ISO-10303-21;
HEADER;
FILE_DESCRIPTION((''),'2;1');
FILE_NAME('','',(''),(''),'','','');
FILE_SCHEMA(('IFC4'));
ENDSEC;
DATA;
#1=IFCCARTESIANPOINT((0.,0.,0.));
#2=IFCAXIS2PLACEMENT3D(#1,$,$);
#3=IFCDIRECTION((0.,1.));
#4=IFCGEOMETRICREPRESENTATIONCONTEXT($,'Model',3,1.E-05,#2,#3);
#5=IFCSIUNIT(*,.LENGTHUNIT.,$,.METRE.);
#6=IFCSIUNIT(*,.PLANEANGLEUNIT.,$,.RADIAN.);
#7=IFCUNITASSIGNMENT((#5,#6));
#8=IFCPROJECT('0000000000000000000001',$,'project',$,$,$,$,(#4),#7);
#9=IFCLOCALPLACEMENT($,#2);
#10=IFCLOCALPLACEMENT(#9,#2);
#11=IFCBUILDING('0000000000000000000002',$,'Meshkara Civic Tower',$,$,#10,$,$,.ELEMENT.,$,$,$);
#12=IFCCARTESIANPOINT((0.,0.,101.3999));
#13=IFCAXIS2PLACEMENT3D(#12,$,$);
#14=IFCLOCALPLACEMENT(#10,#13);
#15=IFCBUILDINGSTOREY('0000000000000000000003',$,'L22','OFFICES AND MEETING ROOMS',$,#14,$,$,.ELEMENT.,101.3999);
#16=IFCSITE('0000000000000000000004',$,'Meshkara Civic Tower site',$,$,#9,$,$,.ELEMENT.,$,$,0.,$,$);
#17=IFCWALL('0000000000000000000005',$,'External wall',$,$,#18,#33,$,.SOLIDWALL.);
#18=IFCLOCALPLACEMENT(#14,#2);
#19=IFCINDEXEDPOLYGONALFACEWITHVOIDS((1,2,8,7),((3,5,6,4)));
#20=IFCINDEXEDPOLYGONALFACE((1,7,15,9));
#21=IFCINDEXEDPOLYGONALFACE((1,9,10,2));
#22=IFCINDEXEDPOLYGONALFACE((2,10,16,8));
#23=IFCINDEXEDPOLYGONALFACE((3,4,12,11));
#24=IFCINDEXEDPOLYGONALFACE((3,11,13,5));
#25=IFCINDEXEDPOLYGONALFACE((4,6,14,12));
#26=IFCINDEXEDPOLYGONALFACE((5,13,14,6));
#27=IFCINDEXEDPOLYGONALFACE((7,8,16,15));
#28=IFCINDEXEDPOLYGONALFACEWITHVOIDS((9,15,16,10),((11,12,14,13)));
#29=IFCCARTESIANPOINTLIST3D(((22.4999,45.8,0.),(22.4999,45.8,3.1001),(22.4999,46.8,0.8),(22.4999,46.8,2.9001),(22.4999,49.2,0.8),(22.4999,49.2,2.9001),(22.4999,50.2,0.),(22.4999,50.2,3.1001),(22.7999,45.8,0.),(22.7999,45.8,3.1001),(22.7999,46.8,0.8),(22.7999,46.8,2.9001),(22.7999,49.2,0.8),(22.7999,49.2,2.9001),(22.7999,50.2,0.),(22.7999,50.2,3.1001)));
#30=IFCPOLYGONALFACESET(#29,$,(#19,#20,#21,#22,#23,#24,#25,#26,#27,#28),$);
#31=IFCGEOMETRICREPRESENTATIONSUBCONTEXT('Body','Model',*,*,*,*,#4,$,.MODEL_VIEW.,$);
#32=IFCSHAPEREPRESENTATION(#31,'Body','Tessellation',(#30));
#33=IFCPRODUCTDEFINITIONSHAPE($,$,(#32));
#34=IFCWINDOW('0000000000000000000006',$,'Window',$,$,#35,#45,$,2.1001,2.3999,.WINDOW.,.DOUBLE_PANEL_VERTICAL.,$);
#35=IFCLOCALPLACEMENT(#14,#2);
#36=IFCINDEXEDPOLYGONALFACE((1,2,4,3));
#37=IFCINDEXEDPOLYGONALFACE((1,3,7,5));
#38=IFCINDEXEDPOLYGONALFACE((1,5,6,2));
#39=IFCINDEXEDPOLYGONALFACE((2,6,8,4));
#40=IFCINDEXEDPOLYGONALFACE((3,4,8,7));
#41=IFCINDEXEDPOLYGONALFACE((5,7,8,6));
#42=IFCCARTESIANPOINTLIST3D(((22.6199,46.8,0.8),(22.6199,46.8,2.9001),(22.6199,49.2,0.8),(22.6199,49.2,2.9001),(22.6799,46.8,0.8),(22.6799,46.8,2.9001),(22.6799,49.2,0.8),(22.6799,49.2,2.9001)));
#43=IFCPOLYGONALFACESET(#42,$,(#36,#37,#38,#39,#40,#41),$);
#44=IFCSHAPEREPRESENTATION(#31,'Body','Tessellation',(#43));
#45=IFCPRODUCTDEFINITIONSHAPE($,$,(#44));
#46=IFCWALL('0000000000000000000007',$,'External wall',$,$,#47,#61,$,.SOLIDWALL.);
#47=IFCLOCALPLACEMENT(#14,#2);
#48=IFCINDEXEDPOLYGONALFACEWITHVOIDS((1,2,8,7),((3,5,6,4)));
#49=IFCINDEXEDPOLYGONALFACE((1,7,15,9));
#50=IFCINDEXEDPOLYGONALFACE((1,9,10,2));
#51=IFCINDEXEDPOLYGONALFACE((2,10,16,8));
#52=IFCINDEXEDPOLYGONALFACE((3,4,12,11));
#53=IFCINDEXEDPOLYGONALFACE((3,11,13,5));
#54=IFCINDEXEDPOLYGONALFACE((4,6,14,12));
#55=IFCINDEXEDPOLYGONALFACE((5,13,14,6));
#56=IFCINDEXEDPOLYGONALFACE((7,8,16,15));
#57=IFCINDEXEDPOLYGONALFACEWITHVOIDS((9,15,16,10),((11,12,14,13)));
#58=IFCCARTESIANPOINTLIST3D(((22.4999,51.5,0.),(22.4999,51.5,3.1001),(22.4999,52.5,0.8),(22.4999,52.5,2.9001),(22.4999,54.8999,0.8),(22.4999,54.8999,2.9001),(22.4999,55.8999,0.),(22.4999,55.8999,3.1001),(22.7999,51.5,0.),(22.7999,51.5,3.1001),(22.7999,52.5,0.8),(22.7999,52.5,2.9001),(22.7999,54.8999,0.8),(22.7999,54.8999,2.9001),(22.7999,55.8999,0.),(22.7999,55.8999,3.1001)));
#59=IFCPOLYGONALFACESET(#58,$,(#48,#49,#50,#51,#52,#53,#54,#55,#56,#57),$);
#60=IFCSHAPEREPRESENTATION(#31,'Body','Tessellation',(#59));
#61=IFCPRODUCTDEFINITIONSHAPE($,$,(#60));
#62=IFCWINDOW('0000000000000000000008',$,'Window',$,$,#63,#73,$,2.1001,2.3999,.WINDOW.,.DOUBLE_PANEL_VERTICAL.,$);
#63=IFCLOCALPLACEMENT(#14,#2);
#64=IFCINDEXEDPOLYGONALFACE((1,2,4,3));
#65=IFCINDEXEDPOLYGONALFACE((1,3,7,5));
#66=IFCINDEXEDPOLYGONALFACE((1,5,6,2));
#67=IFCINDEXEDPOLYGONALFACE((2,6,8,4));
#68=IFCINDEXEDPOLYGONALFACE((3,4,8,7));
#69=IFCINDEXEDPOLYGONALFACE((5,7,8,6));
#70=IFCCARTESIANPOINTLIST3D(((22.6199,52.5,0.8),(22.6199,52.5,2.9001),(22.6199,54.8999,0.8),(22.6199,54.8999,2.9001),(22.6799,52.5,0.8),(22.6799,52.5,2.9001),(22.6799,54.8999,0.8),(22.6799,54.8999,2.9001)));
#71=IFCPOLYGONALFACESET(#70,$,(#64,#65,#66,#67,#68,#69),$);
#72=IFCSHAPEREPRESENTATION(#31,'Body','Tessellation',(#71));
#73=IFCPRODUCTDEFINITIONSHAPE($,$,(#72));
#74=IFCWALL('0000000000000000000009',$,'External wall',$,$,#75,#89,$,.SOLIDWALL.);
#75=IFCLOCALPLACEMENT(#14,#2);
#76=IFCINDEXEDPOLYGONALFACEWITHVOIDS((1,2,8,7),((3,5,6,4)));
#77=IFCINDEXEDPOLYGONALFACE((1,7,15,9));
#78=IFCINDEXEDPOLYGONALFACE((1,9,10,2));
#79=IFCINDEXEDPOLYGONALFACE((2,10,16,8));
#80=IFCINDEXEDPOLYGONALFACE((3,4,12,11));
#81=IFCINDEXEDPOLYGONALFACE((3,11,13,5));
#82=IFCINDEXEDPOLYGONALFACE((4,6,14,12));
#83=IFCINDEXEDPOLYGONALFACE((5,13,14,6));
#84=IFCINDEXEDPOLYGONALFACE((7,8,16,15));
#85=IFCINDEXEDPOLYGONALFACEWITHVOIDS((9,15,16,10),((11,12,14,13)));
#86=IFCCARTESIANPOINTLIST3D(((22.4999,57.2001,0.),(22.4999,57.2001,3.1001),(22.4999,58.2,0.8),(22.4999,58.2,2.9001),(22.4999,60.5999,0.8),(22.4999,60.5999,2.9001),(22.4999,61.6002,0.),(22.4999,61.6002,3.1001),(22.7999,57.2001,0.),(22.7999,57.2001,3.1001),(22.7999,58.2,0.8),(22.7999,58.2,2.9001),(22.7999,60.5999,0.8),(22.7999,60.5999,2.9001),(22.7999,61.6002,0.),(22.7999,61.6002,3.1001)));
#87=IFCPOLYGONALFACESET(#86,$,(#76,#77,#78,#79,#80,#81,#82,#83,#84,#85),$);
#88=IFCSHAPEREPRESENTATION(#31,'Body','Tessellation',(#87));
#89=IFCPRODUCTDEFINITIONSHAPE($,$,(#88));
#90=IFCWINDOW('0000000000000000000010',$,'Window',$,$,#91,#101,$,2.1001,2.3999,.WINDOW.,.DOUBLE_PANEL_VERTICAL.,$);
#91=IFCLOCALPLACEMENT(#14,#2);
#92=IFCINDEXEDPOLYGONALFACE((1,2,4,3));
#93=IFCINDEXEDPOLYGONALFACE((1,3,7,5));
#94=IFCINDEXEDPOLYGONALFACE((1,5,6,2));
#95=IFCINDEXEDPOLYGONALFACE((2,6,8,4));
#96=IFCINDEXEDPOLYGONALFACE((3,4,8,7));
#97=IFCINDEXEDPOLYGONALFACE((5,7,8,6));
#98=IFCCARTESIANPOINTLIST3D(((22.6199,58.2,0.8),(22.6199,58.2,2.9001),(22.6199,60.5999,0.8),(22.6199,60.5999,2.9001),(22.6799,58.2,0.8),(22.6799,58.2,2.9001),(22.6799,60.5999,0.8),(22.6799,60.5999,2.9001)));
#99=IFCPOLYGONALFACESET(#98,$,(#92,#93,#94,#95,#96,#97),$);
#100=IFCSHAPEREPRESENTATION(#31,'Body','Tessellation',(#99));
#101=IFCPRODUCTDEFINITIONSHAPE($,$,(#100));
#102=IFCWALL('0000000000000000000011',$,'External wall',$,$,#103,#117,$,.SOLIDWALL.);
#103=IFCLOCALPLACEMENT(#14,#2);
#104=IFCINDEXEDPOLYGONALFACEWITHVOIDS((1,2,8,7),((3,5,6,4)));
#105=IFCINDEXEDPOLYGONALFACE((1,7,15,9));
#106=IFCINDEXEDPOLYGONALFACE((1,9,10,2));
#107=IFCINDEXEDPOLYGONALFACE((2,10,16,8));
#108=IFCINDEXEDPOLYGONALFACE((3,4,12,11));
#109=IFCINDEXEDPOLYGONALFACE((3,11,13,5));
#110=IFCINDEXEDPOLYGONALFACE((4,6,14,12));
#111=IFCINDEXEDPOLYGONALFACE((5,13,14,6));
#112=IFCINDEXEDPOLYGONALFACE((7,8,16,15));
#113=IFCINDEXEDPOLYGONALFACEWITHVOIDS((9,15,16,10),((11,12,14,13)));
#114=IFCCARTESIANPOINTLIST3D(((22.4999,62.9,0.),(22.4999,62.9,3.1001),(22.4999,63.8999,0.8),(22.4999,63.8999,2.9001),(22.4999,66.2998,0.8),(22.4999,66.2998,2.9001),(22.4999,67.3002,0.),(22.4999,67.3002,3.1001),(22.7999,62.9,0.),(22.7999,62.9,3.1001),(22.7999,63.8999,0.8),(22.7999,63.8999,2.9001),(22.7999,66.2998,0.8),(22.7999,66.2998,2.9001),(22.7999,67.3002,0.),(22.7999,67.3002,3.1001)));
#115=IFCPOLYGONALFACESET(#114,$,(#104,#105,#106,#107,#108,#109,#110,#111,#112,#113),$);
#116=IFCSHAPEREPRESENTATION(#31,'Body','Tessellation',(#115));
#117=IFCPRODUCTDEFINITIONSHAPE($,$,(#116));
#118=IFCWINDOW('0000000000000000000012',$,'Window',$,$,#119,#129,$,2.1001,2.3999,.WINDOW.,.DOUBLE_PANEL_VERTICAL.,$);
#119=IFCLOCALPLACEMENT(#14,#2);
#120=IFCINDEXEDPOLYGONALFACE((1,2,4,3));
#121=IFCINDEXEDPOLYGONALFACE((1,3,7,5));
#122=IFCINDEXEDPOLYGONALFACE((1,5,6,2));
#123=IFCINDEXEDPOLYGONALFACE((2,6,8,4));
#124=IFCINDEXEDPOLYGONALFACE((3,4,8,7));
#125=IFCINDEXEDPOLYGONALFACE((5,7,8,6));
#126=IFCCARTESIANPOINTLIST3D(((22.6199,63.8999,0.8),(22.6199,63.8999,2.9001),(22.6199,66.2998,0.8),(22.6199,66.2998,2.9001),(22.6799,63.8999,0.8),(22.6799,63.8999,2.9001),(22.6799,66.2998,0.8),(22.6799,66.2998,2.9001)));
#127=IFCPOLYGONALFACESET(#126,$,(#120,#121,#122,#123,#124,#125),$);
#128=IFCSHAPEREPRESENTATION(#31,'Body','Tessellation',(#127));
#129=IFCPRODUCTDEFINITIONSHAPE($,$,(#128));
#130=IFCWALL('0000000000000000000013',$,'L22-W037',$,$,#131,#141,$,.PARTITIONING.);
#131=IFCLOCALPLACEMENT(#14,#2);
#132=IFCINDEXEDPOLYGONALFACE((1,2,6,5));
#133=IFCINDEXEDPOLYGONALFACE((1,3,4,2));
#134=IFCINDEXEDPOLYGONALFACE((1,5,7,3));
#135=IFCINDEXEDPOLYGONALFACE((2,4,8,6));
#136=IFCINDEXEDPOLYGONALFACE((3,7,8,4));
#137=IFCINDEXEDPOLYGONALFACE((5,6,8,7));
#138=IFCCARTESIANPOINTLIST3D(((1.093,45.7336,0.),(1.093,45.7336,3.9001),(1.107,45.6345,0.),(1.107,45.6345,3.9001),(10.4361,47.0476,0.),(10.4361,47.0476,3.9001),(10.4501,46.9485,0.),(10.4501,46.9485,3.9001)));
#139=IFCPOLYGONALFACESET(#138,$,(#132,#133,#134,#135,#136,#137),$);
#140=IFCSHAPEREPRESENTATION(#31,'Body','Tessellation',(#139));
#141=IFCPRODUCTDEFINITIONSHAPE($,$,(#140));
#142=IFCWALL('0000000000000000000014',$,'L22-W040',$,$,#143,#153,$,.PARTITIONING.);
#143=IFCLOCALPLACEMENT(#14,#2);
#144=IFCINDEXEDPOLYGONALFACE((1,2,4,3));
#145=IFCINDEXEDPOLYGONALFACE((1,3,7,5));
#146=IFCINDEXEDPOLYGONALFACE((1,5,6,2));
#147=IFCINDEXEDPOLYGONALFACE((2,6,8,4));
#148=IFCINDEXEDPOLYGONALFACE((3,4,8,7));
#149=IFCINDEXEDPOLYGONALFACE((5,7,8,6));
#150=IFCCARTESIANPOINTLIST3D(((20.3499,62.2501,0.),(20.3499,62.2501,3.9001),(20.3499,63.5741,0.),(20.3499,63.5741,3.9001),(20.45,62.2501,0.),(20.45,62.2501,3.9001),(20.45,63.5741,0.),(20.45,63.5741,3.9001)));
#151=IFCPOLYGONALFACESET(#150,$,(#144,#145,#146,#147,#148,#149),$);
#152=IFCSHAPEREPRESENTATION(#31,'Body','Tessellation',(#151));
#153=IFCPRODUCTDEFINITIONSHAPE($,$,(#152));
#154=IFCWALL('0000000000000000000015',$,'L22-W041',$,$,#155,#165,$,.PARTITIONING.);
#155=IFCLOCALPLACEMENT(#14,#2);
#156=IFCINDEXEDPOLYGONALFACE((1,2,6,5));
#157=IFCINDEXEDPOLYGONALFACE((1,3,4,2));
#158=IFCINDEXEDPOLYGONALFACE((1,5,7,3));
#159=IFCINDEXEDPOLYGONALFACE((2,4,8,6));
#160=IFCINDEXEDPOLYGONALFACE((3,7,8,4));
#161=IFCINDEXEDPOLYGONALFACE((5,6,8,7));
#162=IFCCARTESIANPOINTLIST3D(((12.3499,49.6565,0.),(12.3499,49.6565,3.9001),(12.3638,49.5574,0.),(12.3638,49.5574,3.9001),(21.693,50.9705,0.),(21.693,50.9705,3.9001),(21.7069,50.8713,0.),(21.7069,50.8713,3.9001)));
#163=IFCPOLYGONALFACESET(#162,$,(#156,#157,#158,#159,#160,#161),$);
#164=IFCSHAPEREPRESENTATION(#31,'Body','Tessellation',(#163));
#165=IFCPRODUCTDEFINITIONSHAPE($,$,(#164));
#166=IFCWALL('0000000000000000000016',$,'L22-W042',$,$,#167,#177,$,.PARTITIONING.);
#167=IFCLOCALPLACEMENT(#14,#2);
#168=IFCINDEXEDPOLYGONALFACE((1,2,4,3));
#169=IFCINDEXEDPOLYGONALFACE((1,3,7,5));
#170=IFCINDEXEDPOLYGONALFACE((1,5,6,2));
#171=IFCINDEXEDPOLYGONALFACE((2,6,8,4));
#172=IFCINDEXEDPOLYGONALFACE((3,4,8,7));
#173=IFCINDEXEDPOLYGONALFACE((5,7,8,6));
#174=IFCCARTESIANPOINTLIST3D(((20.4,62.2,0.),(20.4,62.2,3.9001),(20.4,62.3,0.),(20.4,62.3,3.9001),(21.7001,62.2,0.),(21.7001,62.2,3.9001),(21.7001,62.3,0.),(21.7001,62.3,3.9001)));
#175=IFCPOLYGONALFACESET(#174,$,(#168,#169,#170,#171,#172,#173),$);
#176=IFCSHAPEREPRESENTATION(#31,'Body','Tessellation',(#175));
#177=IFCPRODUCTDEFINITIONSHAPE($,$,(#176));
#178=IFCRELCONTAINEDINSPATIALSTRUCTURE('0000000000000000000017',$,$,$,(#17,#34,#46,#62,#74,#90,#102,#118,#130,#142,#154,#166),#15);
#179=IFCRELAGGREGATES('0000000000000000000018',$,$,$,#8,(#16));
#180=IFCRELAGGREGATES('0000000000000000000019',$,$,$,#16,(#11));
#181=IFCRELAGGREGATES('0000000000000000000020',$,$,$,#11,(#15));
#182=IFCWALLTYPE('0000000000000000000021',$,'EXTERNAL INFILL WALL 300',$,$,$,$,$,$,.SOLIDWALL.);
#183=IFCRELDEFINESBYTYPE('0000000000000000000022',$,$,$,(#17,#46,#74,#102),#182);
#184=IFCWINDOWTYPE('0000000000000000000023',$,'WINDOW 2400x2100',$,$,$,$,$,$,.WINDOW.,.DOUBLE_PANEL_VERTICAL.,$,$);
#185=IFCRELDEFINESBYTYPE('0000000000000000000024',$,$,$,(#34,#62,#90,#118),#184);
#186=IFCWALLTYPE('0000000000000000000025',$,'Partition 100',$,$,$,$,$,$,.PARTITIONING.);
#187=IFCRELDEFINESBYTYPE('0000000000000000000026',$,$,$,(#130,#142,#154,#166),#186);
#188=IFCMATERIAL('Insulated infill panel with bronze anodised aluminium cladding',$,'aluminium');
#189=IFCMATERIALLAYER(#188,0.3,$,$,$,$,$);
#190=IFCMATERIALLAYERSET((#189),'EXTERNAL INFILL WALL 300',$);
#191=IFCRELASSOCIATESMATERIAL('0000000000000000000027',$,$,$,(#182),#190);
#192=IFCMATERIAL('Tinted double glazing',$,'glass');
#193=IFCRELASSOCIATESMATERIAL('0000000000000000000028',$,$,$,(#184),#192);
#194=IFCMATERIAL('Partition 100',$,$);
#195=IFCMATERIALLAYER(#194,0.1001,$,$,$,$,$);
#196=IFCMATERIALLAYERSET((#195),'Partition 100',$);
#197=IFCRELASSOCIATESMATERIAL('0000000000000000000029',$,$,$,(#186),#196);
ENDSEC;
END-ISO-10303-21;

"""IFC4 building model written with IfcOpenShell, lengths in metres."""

from ifc_helpers import new_model, si_unit, direction, frame, frame_2d, origin, place, context, subcontext, project, spatial, rectangle, extrude, material, layer, layer_set, type_object, element, fill, save


model = new_model("IFC4")

# Units and contexts
model_context = context("Model", 3, precision=1e-05, world=origin(), true_north=direction((0.0, 1.0)))
body_context = subcontext(model_context, "Body", "Model", "MODEL_VIEW")
ifc_project = project(units=[si_unit("LENGTHUNIT", "METRE"), si_unit("PLANEANGLEUNIT", "RADIAN")], contexts=[model_context])

# Site, building, storey
site_placement = place(None, origin())
site = spatial("IfcSite", under=ifc_project, at=site_placement, Name="Meshkara Civic Tower site", CompositionType="ELEMENT", RefElevation=0.0)
building_placement = place(site_placement, origin())
building = spatial("IfcBuilding", under=site, at=building_placement, Name="Meshkara Civic Tower", CompositionType="ELEMENT")
storey_placement = place(building_placement, frame((0.0, 0.0, 101.3999)))
storey = spatial("IfcBuildingStorey", under=building, at=storey_placement, Name="L22", Description="OFFICES AND MEETING ROOMS", CompositionType="ELEMENT", Elevation=101.3999)

# Walls, openings, windows
ifc_material_1 = material(Name="Insulated infill panel with bronze anodised aluminium cladding", Category="aluminium")
ifc_layer_1 = layer(ifc_material_1, 0.3)
ifc_layer_set_1 = layer_set([ifc_layer_1], Name="EXTERNAL INFILL WALL 300")
wall_type_1 = type_object("IfcWallType", Name="EXTERNAL INFILL WALL 300", PredefinedType="SOLIDWALL", material=ifc_layer_set_1)
ifc_material_2 = material(Name="Tinted double glazing", Category="glass")
window_type = type_object("IfcWindowType", Name="WINDOW 2400x2100", PartitioningType="DOUBLE_PANEL_VERTICAL", PredefinedType="WINDOW", material=ifc_material_2)
wall_1_placement = place(storey_placement, frame((22.6499, 45.8, 0.0), z_axis=(0.0, 0.0, 1.0), x_axis=(0.0, 1.0, 0.0)))
wall_1 = element("IfcWall", 1, at=wall_1_placement, inside=storey, type_object=wall_type_1, Name="External wall", PredefinedType="SOLIDWALL", context=body_context, shape_type="SweptSolid", body=[
    extrude(rectangle(XDim=4.3999, YDim=0.3, at=frame_2d((2.2, 0.0))), origin(), (0.0, 0.0, 1.0), 3.1001),
])
opening_1_placement = place(wall_1_placement, frame((1.0, 0.0, 0.8)))
opening_1 = element("IfcOpeningElement", 2, at=opening_1_placement, cuts=wall_1, PredefinedType="OPENING", context=body_context, shape_type="SweptSolid", body=[
    extrude(rectangle(XDim=2.3999, YDim=2.1001, at=frame_2d((1.2, 1.05))), frame((0.0, 0.1599, 0.0), z_axis=(0.0, -1.0, 0.0), x_axis=(1.0, 0.0, 0.0)), (0.0, 0.0, 1.0), 0.3201),
])
window_1_placement = place(opening_1_placement, origin())
window_1 = element("IfcWindow", 3, at=window_1_placement, inside=storey, type_object=window_type, Name="Window", OverallHeight=2.1001, OverallWidth=2.3999, PartitioningType="DOUBLE_PANEL_VERTICAL", PredefinedType="WINDOW", context=body_context, shape_type="SweptSolid", body=[
    extrude(rectangle(XDim=2.3999, YDim=2.1001, at=frame_2d((1.2, 1.05))), frame((0.0, 0.03, 0.0), z_axis=(0.0, -1.0, 0.0), x_axis=(1.0, 0.0, 0.0)), (0.0, 0.0, 1.0), 0.0601),
])
fill(opening_1, window_1)
wall_2_placement = place(storey_placement, frame((22.6499, 51.5, 0.0), z_axis=(0.0, 0.0, 1.0), x_axis=(0.0, 1.0, 0.0)))
wall_2 = element("IfcWall", 4, at=wall_2_placement, inside=storey, type_object=wall_type_1, Name="External wall", PredefinedType="SOLIDWALL", context=body_context, shape_type="SweptSolid", body=[
    extrude(rectangle(XDim=4.3999, YDim=0.3, at=frame_2d((2.2, 0.0))), origin(), (0.0, 0.0, 1.0), 3.1001),
])
opening_2_placement = place(wall_2_placement, frame((1.0, 0.0, 0.8)))
opening_2 = element("IfcOpeningElement", 5, at=opening_2_placement, cuts=wall_2, PredefinedType="OPENING", context=body_context, shape_type="SweptSolid", body=[
    extrude(rectangle(XDim=2.3999, YDim=2.1001, at=frame_2d((1.2, 1.05))), frame((0.0, 0.1599, 0.0), z_axis=(0.0, -1.0, 0.0), x_axis=(1.0, 0.0, 0.0)), (0.0, 0.0, 1.0), 0.3201),
])
window_2_placement = place(opening_2_placement, origin())
window_2 = element("IfcWindow", 6, at=window_2_placement, inside=storey, type_object=window_type, Name="Window", OverallHeight=2.1001, OverallWidth=2.3999, PartitioningType="DOUBLE_PANEL_VERTICAL", PredefinedType="WINDOW", context=body_context, shape_type="SweptSolid", body=[
    extrude(rectangle(XDim=2.3999, YDim=2.1001, at=frame_2d((1.2, 1.05))), frame((0.0, 0.03, 0.0), z_axis=(0.0, -1.0, 0.0), x_axis=(1.0, 0.0, 0.0)), (0.0, 0.0, 1.0), 0.0601),
])
fill(opening_2, window_2)
wall_3_placement = place(storey_placement, frame((22.6499, 57.2, 0.0), z_axis=(0.0, 0.0, 1.0), x_axis=(0.0, 1.0, 0.0)))
wall_3 = element("IfcWall", 7, at=wall_3_placement, inside=storey, type_object=wall_type_1, Name="External wall", PredefinedType="SOLIDWALL", context=body_context, shape_type="SweptSolid", body=[
    extrude(rectangle(XDim=4.4001, YDim=0.3, at=frame_2d((2.2002, 0.0))), origin(), (0.0, 0.0, 1.0), 3.1001),
])
opening_3_placement = place(wall_3_placement, frame((1.0, 0.0, 0.8)))
opening_3 = element("IfcOpeningElement", 8, at=opening_3_placement, cuts=wall_3, PredefinedType="OPENING", context=body_context, shape_type="SweptSolid", body=[
    extrude(rectangle(XDim=2.3999, YDim=2.1001, at=frame_2d((1.2, 1.05))), frame((0.0, 0.1599, 0.0), z_axis=(0.0, -1.0, 0.0), x_axis=(1.0, 0.0, 0.0)), (0.0, 0.0, 1.0), 0.3201),
])
window_3_placement = place(opening_3_placement, origin())
window_3 = element("IfcWindow", 9, at=window_3_placement, inside=storey, type_object=window_type, Name="Window", OverallHeight=2.1001, OverallWidth=2.3999, PartitioningType="DOUBLE_PANEL_VERTICAL", PredefinedType="WINDOW", context=body_context, shape_type="SweptSolid", body=[
    extrude(rectangle(XDim=2.3999, YDim=2.1001, at=frame_2d((1.2, 1.05))), frame((0.0, 0.03, 0.0), z_axis=(0.0, -1.0, 0.0), x_axis=(1.0, 0.0, 0.0)), (0.0, 0.0, 1.0), 0.0601),
])
fill(opening_3, window_3)
wall_4_placement = place(storey_placement, frame((22.6499, 62.8999, 0.0), z_axis=(0.0, 0.0, 1.0), x_axis=(0.0, 1.0, 0.0)))
wall_4 = element("IfcWall", 10, at=wall_4_placement, inside=storey, type_object=wall_type_1, Name="External wall", PredefinedType="SOLIDWALL", context=body_context, shape_type="SweptSolid", body=[
    extrude(rectangle(XDim=4.4001, YDim=0.3, at=frame_2d((2.2002, 0.0))), origin(), (0.0, 0.0, 1.0), 3.1001),
])
opening_4_placement = place(wall_4_placement, frame((1.0, 0.0, 0.8)))
opening_4 = element("IfcOpeningElement", 11, at=opening_4_placement, cuts=wall_4, PredefinedType="OPENING", context=body_context, shape_type="SweptSolid", body=[
    extrude(rectangle(XDim=2.3999, YDim=2.1001, at=frame_2d((1.2, 1.05))), frame((0.0, 0.1599, 0.0), z_axis=(0.0, -1.0, 0.0), x_axis=(1.0, 0.0, 0.0)), (0.0, 0.0, 1.0), 0.3201),
])
window_4_placement = place(opening_4_placement, origin())
window_4 = element("IfcWindow", 12, at=window_4_placement, inside=storey, type_object=window_type, Name="Window", OverallHeight=2.1001, OverallWidth=2.3999, PartitioningType="DOUBLE_PANEL_VERTICAL", PredefinedType="WINDOW", context=body_context, shape_type="SweptSolid", body=[
    extrude(rectangle(XDim=2.3999, YDim=2.1001, at=frame_2d((1.2, 1.05))), frame((0.0, 0.03, 0.0), z_axis=(0.0, -1.0, 0.0), x_axis=(1.0, 0.0, 0.0)), (0.0, 0.0, 1.0), 0.0601),
])
fill(opening_4, window_4)

# Walls
ifc_material_3 = material(Name="Partition 100")
ifc_layer_2 = layer(ifc_material_3, 0.1001)
ifc_layer_set_2 = layer_set([ifc_layer_2], Name="Partition 100")
wall_type_2 = type_object("IfcWallType", Name="Partition 100", PredefinedType="PARTITIONING", material=ifc_layer_set_2)
wall_5_placement = place(storey_placement, frame((10.4431, 46.998, 0.0), z_axis=(0.0, 0.0, 1.0), x_axis=(-0.990255, -0.139266, 0.0)))
element("IfcWall", 13, at=wall_5_placement, inside=storey, type_object=wall_type_2, Name="L22-W037", PredefinedType="PARTITIONING", context=body_context, shape_type="SweptSolid", body=[
    extrude(rectangle(XDim=9.4351, YDim=0.1001, at=frame_2d((4.7175, 0.0))), origin(), (0.0, 0.0, 1.0), 3.9001),
])
wall_6_placement = place(storey_placement, frame((20.3999, 62.25, 0.0), z_axis=(0.0, 0.0, 1.0), x_axis=(0.0, 1.0, 0.0)))
element("IfcWall", 14, at=wall_6_placement, inside=storey, type_object=wall_type_2, Name="L22-W040", PredefinedType="PARTITIONING", context=body_context, shape_type="SweptSolid", body=[
    extrude(rectangle(XDim=1.324, YDim=0.1001, at=frame_2d((0.6621, 0.0))), origin(), (0.0, 0.0, 1.0), 3.9001),
])
wall_7_placement = place(storey_placement, frame((21.7, 50.9209, 0.0), z_axis=(0.0, 0.0, 1.0), x_axis=(-0.990255, -0.139266, 0.0)))
element("IfcWall", 15, at=wall_7_placement, inside=storey, type_object=wall_type_2, Name="L22-W041", PredefinedType="PARTITIONING", context=body_context, shape_type="SweptSolid", body=[
    extrude(rectangle(XDim=9.4351, YDim=0.1001, at=frame_2d((4.7175, 0.0))), origin(), (0.0, 0.0, 1.0), 3.9001),
])
wall_8_placement = place(storey_placement, frame((21.7, 62.25, 0.0), z_axis=(0.0, 0.0, 1.0), x_axis=(-1.0, 0.0, 0.0)))
element("IfcWall", 16, at=wall_8_placement, inside=storey, type_object=wall_type_2, Name="L22-W042", PredefinedType="PARTITIONING", context=body_context, shape_type="SweptSolid", body=[
    extrude(rectangle(XDim=1.3, YDim=0.1001, at=frame_2d((0.6499, 0.0))), origin(), (0.0, 0.0, 1.0), 3.9001),
])

save(model, "model.ifc")
